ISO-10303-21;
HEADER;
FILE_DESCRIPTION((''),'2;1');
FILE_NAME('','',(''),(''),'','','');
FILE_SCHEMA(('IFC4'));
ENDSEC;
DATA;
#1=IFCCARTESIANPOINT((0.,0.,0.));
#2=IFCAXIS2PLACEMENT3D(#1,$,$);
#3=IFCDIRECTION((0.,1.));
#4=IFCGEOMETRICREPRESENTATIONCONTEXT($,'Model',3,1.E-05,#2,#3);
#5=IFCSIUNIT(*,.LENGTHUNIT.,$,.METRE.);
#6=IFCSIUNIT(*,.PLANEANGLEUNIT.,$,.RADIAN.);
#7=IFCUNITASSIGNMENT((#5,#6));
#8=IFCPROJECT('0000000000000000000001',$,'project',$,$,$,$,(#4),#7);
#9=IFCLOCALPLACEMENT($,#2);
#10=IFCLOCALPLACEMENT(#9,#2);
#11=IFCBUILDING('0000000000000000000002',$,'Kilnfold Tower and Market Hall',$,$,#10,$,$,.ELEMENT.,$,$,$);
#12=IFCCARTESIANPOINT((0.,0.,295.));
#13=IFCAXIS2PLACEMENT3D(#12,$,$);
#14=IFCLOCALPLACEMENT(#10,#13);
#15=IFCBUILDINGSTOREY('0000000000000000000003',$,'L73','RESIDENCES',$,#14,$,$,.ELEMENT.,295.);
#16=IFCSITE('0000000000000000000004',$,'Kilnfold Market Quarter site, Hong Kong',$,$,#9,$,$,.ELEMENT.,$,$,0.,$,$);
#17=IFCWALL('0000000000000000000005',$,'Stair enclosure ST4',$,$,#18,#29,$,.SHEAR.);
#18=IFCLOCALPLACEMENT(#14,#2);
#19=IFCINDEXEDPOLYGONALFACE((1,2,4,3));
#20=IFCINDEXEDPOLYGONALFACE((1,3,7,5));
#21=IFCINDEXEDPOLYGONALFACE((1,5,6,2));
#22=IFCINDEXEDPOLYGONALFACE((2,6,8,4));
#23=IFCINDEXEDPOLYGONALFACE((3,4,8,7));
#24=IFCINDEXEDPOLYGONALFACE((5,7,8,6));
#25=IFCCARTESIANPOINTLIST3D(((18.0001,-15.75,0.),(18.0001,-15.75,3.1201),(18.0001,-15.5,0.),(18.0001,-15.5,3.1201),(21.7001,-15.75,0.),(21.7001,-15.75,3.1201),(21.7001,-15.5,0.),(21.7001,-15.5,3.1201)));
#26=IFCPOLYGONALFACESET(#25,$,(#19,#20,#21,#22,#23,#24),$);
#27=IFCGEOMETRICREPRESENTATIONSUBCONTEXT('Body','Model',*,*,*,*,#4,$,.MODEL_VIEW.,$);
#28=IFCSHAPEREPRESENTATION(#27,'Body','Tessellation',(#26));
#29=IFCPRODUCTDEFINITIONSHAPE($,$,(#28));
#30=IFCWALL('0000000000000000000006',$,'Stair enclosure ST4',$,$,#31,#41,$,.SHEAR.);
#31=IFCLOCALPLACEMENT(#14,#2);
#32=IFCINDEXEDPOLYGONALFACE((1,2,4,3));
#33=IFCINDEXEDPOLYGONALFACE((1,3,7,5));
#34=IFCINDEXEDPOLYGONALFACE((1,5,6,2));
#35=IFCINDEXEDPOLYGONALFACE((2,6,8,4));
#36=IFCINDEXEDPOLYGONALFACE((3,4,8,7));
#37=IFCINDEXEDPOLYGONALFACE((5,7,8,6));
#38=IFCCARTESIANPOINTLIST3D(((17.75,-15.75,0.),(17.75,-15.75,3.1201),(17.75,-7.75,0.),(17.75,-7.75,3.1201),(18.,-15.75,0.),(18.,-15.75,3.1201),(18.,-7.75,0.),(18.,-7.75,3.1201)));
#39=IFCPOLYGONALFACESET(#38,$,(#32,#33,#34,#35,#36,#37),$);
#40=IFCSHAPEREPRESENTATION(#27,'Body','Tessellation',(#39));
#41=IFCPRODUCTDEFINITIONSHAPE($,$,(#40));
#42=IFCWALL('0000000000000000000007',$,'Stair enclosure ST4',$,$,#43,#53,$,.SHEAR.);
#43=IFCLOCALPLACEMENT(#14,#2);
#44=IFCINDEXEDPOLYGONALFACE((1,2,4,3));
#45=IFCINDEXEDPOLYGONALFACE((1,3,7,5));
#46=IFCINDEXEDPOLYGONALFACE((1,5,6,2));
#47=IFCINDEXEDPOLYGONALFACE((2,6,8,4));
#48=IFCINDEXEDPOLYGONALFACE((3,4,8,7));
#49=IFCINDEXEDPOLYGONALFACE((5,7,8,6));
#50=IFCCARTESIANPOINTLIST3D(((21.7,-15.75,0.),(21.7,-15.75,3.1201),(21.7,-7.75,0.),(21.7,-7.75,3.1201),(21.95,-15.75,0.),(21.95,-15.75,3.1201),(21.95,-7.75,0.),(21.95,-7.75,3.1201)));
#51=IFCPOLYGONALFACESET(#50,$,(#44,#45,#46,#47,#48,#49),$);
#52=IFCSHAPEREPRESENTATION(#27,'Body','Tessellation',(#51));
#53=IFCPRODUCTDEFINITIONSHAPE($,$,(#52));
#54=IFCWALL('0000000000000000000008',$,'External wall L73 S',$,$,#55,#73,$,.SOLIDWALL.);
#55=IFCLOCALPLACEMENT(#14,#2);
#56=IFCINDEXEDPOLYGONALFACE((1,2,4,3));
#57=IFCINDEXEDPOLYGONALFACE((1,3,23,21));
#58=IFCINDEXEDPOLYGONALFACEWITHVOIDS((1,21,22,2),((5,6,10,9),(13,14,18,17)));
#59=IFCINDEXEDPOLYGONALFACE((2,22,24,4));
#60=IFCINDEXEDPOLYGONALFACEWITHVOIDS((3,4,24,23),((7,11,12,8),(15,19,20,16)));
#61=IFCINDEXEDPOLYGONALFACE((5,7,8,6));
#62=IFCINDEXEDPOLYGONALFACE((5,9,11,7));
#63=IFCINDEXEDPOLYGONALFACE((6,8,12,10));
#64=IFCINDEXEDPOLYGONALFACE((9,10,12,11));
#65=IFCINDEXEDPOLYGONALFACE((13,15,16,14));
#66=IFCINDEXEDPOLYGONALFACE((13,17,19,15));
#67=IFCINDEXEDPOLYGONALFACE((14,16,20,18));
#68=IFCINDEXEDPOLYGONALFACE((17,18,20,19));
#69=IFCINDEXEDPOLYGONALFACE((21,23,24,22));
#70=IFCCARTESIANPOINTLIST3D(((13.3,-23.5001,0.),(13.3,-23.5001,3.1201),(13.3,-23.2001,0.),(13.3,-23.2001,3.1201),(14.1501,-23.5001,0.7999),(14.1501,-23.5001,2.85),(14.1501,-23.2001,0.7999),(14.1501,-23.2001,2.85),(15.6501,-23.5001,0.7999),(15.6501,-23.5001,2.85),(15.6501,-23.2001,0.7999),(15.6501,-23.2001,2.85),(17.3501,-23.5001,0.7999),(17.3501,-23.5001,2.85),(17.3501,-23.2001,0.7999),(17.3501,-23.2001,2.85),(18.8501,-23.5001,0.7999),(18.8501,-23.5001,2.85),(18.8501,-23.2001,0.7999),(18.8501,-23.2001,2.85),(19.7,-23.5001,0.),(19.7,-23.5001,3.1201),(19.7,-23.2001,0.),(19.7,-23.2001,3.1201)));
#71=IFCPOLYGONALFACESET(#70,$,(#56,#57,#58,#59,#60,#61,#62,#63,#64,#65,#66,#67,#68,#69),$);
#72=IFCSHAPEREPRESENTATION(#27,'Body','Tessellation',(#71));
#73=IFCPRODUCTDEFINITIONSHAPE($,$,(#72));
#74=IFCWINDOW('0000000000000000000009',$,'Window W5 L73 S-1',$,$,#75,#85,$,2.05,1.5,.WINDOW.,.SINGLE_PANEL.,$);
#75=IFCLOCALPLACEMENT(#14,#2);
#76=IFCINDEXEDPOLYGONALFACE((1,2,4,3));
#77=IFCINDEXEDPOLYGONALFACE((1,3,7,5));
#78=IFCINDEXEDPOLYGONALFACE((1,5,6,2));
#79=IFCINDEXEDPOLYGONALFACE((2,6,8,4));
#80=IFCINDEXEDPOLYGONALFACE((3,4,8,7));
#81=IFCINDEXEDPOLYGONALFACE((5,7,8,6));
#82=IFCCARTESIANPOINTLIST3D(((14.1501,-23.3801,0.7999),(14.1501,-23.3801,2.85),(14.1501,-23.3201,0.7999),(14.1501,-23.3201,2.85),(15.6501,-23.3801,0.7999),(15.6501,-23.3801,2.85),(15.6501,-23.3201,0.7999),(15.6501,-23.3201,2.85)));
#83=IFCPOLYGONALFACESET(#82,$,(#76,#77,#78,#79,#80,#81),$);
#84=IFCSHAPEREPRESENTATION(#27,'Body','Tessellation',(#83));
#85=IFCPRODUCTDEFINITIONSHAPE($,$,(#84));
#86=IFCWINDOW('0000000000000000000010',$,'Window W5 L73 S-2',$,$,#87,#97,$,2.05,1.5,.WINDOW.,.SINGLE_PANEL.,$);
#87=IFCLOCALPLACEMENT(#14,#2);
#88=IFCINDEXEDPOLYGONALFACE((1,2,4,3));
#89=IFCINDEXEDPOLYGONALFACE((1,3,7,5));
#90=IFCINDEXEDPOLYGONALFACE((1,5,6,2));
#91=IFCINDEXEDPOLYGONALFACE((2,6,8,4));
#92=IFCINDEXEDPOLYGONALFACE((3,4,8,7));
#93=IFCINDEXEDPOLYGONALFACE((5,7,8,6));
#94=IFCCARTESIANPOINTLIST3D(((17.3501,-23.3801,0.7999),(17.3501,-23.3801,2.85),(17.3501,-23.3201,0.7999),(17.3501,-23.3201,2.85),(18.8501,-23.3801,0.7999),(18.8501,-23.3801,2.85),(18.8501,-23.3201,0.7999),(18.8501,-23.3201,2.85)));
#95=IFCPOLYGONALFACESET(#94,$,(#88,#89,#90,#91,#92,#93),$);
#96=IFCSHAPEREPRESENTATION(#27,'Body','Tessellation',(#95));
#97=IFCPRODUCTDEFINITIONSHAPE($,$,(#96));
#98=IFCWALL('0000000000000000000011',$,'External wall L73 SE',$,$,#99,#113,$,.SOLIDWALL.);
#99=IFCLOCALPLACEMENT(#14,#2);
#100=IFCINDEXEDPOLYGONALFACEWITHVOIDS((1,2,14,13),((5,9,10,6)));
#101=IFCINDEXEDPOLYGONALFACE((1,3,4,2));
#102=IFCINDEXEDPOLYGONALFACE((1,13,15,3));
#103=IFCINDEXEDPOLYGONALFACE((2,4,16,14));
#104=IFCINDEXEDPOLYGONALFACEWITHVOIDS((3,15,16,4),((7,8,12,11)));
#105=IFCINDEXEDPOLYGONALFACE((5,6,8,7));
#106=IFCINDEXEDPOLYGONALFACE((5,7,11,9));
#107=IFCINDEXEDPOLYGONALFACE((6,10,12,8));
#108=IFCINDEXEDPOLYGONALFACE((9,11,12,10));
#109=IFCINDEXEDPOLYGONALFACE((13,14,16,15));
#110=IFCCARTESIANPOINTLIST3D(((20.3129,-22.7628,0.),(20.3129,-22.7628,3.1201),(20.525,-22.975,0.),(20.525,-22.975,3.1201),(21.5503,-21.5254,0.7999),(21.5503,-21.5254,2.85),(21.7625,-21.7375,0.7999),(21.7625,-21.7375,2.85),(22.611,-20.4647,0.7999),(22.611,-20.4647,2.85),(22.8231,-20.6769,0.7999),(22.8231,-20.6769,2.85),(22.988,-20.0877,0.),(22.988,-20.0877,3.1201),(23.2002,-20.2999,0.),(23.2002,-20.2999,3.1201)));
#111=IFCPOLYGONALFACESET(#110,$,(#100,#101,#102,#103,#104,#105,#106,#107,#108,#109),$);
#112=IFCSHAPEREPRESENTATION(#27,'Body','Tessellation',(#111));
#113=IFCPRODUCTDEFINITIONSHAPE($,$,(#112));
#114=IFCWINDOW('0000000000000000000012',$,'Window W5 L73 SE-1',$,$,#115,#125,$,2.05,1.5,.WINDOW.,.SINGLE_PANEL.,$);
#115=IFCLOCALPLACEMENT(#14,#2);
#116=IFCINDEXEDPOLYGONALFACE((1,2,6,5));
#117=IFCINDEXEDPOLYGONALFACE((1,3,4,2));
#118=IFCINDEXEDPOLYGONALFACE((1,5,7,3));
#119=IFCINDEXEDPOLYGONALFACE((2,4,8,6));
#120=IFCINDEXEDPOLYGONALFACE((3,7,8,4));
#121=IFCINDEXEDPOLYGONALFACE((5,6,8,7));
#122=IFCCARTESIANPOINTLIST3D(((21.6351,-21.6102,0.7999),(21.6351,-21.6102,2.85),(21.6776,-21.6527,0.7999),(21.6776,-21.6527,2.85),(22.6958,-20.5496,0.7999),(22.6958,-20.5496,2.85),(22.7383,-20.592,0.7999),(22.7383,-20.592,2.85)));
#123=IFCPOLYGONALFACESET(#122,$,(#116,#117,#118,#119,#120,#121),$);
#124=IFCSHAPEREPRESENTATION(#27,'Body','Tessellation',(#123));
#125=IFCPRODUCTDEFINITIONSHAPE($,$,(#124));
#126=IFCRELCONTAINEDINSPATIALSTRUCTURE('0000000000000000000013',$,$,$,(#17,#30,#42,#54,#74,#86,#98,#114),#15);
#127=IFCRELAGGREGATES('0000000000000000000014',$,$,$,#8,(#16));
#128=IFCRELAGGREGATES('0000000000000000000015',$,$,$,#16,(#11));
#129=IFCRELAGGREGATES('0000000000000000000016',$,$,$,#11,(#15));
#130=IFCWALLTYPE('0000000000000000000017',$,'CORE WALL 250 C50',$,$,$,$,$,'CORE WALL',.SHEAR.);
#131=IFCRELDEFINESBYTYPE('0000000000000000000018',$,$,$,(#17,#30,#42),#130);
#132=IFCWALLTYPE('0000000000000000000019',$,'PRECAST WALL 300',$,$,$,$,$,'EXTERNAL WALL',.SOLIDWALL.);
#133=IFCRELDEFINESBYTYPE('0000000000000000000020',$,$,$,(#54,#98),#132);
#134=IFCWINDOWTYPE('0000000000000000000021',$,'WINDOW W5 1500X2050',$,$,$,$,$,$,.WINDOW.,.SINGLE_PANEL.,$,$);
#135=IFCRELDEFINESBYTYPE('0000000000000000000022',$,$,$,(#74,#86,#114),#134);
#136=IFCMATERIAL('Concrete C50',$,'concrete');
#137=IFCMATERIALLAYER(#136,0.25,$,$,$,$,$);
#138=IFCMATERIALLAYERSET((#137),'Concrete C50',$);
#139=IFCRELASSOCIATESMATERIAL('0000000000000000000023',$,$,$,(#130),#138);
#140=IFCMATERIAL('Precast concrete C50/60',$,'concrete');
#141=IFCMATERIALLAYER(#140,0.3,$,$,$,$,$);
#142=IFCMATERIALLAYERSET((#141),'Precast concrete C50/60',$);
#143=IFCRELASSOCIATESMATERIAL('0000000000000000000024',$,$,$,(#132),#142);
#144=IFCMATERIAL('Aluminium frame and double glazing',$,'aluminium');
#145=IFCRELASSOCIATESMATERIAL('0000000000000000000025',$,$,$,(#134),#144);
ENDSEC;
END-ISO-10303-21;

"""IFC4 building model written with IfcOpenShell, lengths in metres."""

from ifc_helpers import new_model, si_unit, direction, frame, frame_2d, origin, place, context, subcontext, project, spatial, rectangle, extrude, source, transform, mapped, material, layer, layer_set, type_object, element, fill, save


model = new_model("IFC4")

# Units and contexts
model_context = context("Model", 3, precision=1e-05, world=origin(), true_north=direction((0.0, 1.0)))
body_context = subcontext(model_context, "Body", "Model", "MODEL_VIEW")
ifc_project = project(units=[si_unit("LENGTHUNIT", "METRE"), si_unit("PLANEANGLEUNIT", "RADIAN")], contexts=[model_context])

# Site, building, storey
site_placement = place(None, origin())
site = spatial("IfcSite", under=ifc_project, at=site_placement, Name="Kilnfold Market Quarter site, Hong Kong", CompositionType="ELEMENT", RefElevation=0.0)
building_placement = place(site_placement, origin())
building = spatial("IfcBuilding", under=site, at=building_placement, Name="Kilnfold Tower and Market Hall", CompositionType="ELEMENT")
storey_placement = place(building_placement, frame((0.0, 0.0, 295.0)))
storey = spatial("IfcBuildingStorey", under=building, at=storey_placement, Name="L73", Description="RESIDENCES", CompositionType="ELEMENT", Elevation=295.0)

# Walls
ifc_material_1 = material(Name="Concrete C50", Category="concrete")
ifc_layer_1 = layer(ifc_material_1, 0.25)
ifc_layer_set_1 = layer_set([ifc_layer_1], Name="Concrete C50")
wall_type_1 = type_object("IfcWallType", Name="CORE WALL 250 C50", ElementType="CORE WALL", PredefinedType="SHEAR", material=ifc_layer_set_1)
shared_shape_1 = source(origin(), body_context, "Body", "SweptSolid", [
    extrude(rectangle(XDim=3.7, YDim=0.25, at=frame_2d((1.8501, 0.0))), origin(), (0.0, 0.0, 1.0), 3.1201),
])
wall_1_placement = place(storey_placement, frame((18.0, -15.625, 0.0), z_axis=(0.0, 0.0, 1.0), x_axis=(1.0, 0.0, 0.0)))
element("IfcWall", 1, at=wall_1_placement, inside=storey, type_object=wall_type_1, Name="Stair enclosure ST4", PredefinedType="SHEAR", context=body_context, shape_type="MappedRepresentation", body=[
    mapped(shared_shape_1, transform((0.0, 0.0, 0.0))),
])
shared_shape_2 = source(origin(), body_context, "Body", "SweptSolid", [
    extrude(rectangle(XDim=8.0, YDim=0.25, at=frame_2d((4.0, 0.0))), origin(), (0.0, 0.0, 1.0), 3.1201),
])
for number, where, z_axis, x_axis, name in (
    (2, (17.875, -15.75, 0.0), (0.0, 0.0, 1.0), (0.0, 1.0, 0.0), "Stair enclosure ST4"),
    (3, (21.825, -15.75, 0.0), (0.0, 0.0, 1.0), (0.0, 1.0, 0.0), "Stair enclosure ST4"),
):
    element("IfcWall", number, at=place(storey_placement, frame(where, z_axis=z_axis, x_axis=x_axis)), inside=storey, type_object=wall_type_1, Name=name, PredefinedType="SHEAR", context=body_context, shape_type="MappedRepresentation", body=[
        mapped(shared_shape_2, transform((0.0, 0.0, 0.0))),
    ])

# Wall, openings, windows
ifc_material_2 = material(Name="Precast concrete C50/60", Category="concrete")
ifc_layer_2 = layer(ifc_material_2, 0.3)
ifc_layer_set_2 = layer_set([ifc_layer_2], Name="Precast concrete C50/60")
wall_type_2 = type_object("IfcWallType", Name="PRECAST WALL 300", ElementType="EXTERNAL WALL", PredefinedType="SOLIDWALL", material=ifc_layer_set_2)
shared_shape_3 = source(origin(), body_context, "Body", "SweptSolid", [
    extrude(rectangle(XDim=6.3999, YDim=0.3, at=frame_2d((3.2, 0.0))), origin(), (0.0, 0.0, 1.0), 3.1201),
])
wall_2_placement = place(storey_placement, frame((13.3, -23.3501, 0.0), z_axis=(0.0, 0.0, 1.0), x_axis=(1.0, 0.0, 0.0)))
wall_2 = element("IfcWall", 4, at=wall_2_placement, inside=storey, type_object=wall_type_2, Name="External wall L73 S", PredefinedType="SOLIDWALL", context=body_context, shape_type="MappedRepresentation", body=[
    mapped(shared_shape_3, transform((0.0, 0.0, 0.0))),
])
opening_1_placement = place(wall_2_placement, frame((0.8501, 0.0, 0.8)))
opening_1 = element("IfcOpeningElement", 5, at=opening_1_placement, cuts=wall_2, PredefinedType="OPENING", context=body_context, shape_type="SweptSolid", body=[
    extrude(rectangle(XDim=1.5, YDim=2.05, at=frame_2d((0.75, 1.0249))), frame((0.0, 0.1602, 0.0), z_axis=(0.0, -1.0, 0.0), x_axis=(1.0, 0.0, 0.0)), (0.0, 0.0, 1.0), 0.3201),
])
opening_2_placement = place(wall_2_placement, frame((4.05, 0.0, 0.8)))
opening_2 = element("IfcOpeningElement", 6, at=opening_2_placement, cuts=wall_2, PredefinedType="OPENING", context=body_context, shape_type="SweptSolid", body=[
    extrude(rectangle(XDim=1.5, YDim=2.05, at=frame_2d((0.75, 1.0249))), frame((0.0, 0.1602, 0.0), z_axis=(0.0, -1.0, 0.0), x_axis=(1.0, 0.0, 0.0)), (0.0, 0.0, 1.0), 0.3201),
])
ifc_material_3 = material(Name="Aluminium frame and double glazing", Category="aluminium")
window_type = type_object("IfcWindowType", Name="WINDOW W5 1500X2050", PartitioningType="SINGLE_PANEL", PredefinedType="WINDOW", material=ifc_material_3)
window_1_placement = place(opening_1_placement, origin())
window_1 = element("IfcWindow", 7, at=window_1_placement, inside=storey, type_object=window_type, Name="Window W5 L73 S-1", OverallHeight=2.05, OverallWidth=1.5, PartitioningType="SINGLE_PANEL", PredefinedType="WINDOW", context=body_context, shape_type="SweptSolid", body=[
    extrude(rectangle(XDim=1.5, YDim=2.05, at=frame_2d((0.75, 1.0249))), frame((0.0, 0.03, 0.0), z_axis=(0.0, -1.0, 0.0), x_axis=(1.0, 0.0, 0.0)), (0.0, 0.0, 1.0), 0.0601),
])
fill(opening_1, window_1)
window_2_placement = place(opening_2_placement, origin())
window_2 = element("IfcWindow", 8, at=window_2_placement, inside=storey, type_object=window_type, Name="Window W5 L73 S-2", OverallHeight=2.05, OverallWidth=1.5, PartitioningType="SINGLE_PANEL", PredefinedType="WINDOW", context=body_context, shape_type="SweptSolid", body=[
    extrude(rectangle(XDim=1.5, YDim=2.05, at=frame_2d((0.75, 1.0249))), frame((0.0, 0.03, 0.0), z_axis=(0.0, -1.0, 0.0), x_axis=(1.0, 0.0, 0.0)), (0.0, 0.0, 1.0), 0.0601),
])
fill(opening_2, window_2)

# Wall, opening, window
shared_shape_4 = source(origin(), body_context, "Body", "SweptSolid", [
    extrude(rectangle(XDim=3.7832, YDim=0.3, at=frame_2d((1.8916, 0.0))), origin(), (0.0, 0.0, 1.0), 3.1201),
])
wall_3_placement = place(storey_placement, frame((20.4189, -22.8689, 0.0), z_axis=(0.0, 0.0, 1.0), x_axis=(0.707107, 0.707107, 0.0)))
wall_3 = element("IfcWall", 9, at=wall_3_placement, inside=storey, type_object=wall_type_2, Name="External wall L73 SE", PredefinedType="SOLIDWALL", context=body_context, shape_type="MappedRepresentation", body=[
    mapped(shared_shape_4, transform((0.0, 0.0, 0.0))),
])
opening_3_placement = place(wall_3_placement, frame((1.75, 0.0, 0.8)))
opening_3 = element("IfcOpeningElement", 10, at=opening_3_placement, cuts=wall_3, PredefinedType="OPENING", context=body_context, shape_type="SweptSolid", body=[
    extrude(rectangle(XDim=1.5, YDim=2.05, at=frame_2d((0.75, 1.0249))), frame((0.0, 0.1602, 0.0), z_axis=(0.0, -1.0, 0.0), x_axis=(1.0, 0.0, 0.0)), (0.0, 0.0, 1.0), 0.3201),
])
window_3_placement = place(opening_3_placement, origin())
window_3 = element("IfcWindow", 11, at=window_3_placement, inside=storey, type_object=window_type, Name="Window W5 L73 SE-1", OverallHeight=2.05, OverallWidth=1.5, PartitioningType="SINGLE_PANEL", PredefinedType="WINDOW", context=body_context, shape_type="SweptSolid", body=[
    extrude(rectangle(XDim=1.5, YDim=2.05, at=frame_2d((0.75, 1.0249))), frame((0.0, 0.03, 0.0), z_axis=(0.0, -1.0, 0.0), x_axis=(1.0, 0.0, 0.0)), (0.0, 0.0, 1.0), 0.0601),
])
fill(opening_3, window_3)

save(model, "model.ifc")
